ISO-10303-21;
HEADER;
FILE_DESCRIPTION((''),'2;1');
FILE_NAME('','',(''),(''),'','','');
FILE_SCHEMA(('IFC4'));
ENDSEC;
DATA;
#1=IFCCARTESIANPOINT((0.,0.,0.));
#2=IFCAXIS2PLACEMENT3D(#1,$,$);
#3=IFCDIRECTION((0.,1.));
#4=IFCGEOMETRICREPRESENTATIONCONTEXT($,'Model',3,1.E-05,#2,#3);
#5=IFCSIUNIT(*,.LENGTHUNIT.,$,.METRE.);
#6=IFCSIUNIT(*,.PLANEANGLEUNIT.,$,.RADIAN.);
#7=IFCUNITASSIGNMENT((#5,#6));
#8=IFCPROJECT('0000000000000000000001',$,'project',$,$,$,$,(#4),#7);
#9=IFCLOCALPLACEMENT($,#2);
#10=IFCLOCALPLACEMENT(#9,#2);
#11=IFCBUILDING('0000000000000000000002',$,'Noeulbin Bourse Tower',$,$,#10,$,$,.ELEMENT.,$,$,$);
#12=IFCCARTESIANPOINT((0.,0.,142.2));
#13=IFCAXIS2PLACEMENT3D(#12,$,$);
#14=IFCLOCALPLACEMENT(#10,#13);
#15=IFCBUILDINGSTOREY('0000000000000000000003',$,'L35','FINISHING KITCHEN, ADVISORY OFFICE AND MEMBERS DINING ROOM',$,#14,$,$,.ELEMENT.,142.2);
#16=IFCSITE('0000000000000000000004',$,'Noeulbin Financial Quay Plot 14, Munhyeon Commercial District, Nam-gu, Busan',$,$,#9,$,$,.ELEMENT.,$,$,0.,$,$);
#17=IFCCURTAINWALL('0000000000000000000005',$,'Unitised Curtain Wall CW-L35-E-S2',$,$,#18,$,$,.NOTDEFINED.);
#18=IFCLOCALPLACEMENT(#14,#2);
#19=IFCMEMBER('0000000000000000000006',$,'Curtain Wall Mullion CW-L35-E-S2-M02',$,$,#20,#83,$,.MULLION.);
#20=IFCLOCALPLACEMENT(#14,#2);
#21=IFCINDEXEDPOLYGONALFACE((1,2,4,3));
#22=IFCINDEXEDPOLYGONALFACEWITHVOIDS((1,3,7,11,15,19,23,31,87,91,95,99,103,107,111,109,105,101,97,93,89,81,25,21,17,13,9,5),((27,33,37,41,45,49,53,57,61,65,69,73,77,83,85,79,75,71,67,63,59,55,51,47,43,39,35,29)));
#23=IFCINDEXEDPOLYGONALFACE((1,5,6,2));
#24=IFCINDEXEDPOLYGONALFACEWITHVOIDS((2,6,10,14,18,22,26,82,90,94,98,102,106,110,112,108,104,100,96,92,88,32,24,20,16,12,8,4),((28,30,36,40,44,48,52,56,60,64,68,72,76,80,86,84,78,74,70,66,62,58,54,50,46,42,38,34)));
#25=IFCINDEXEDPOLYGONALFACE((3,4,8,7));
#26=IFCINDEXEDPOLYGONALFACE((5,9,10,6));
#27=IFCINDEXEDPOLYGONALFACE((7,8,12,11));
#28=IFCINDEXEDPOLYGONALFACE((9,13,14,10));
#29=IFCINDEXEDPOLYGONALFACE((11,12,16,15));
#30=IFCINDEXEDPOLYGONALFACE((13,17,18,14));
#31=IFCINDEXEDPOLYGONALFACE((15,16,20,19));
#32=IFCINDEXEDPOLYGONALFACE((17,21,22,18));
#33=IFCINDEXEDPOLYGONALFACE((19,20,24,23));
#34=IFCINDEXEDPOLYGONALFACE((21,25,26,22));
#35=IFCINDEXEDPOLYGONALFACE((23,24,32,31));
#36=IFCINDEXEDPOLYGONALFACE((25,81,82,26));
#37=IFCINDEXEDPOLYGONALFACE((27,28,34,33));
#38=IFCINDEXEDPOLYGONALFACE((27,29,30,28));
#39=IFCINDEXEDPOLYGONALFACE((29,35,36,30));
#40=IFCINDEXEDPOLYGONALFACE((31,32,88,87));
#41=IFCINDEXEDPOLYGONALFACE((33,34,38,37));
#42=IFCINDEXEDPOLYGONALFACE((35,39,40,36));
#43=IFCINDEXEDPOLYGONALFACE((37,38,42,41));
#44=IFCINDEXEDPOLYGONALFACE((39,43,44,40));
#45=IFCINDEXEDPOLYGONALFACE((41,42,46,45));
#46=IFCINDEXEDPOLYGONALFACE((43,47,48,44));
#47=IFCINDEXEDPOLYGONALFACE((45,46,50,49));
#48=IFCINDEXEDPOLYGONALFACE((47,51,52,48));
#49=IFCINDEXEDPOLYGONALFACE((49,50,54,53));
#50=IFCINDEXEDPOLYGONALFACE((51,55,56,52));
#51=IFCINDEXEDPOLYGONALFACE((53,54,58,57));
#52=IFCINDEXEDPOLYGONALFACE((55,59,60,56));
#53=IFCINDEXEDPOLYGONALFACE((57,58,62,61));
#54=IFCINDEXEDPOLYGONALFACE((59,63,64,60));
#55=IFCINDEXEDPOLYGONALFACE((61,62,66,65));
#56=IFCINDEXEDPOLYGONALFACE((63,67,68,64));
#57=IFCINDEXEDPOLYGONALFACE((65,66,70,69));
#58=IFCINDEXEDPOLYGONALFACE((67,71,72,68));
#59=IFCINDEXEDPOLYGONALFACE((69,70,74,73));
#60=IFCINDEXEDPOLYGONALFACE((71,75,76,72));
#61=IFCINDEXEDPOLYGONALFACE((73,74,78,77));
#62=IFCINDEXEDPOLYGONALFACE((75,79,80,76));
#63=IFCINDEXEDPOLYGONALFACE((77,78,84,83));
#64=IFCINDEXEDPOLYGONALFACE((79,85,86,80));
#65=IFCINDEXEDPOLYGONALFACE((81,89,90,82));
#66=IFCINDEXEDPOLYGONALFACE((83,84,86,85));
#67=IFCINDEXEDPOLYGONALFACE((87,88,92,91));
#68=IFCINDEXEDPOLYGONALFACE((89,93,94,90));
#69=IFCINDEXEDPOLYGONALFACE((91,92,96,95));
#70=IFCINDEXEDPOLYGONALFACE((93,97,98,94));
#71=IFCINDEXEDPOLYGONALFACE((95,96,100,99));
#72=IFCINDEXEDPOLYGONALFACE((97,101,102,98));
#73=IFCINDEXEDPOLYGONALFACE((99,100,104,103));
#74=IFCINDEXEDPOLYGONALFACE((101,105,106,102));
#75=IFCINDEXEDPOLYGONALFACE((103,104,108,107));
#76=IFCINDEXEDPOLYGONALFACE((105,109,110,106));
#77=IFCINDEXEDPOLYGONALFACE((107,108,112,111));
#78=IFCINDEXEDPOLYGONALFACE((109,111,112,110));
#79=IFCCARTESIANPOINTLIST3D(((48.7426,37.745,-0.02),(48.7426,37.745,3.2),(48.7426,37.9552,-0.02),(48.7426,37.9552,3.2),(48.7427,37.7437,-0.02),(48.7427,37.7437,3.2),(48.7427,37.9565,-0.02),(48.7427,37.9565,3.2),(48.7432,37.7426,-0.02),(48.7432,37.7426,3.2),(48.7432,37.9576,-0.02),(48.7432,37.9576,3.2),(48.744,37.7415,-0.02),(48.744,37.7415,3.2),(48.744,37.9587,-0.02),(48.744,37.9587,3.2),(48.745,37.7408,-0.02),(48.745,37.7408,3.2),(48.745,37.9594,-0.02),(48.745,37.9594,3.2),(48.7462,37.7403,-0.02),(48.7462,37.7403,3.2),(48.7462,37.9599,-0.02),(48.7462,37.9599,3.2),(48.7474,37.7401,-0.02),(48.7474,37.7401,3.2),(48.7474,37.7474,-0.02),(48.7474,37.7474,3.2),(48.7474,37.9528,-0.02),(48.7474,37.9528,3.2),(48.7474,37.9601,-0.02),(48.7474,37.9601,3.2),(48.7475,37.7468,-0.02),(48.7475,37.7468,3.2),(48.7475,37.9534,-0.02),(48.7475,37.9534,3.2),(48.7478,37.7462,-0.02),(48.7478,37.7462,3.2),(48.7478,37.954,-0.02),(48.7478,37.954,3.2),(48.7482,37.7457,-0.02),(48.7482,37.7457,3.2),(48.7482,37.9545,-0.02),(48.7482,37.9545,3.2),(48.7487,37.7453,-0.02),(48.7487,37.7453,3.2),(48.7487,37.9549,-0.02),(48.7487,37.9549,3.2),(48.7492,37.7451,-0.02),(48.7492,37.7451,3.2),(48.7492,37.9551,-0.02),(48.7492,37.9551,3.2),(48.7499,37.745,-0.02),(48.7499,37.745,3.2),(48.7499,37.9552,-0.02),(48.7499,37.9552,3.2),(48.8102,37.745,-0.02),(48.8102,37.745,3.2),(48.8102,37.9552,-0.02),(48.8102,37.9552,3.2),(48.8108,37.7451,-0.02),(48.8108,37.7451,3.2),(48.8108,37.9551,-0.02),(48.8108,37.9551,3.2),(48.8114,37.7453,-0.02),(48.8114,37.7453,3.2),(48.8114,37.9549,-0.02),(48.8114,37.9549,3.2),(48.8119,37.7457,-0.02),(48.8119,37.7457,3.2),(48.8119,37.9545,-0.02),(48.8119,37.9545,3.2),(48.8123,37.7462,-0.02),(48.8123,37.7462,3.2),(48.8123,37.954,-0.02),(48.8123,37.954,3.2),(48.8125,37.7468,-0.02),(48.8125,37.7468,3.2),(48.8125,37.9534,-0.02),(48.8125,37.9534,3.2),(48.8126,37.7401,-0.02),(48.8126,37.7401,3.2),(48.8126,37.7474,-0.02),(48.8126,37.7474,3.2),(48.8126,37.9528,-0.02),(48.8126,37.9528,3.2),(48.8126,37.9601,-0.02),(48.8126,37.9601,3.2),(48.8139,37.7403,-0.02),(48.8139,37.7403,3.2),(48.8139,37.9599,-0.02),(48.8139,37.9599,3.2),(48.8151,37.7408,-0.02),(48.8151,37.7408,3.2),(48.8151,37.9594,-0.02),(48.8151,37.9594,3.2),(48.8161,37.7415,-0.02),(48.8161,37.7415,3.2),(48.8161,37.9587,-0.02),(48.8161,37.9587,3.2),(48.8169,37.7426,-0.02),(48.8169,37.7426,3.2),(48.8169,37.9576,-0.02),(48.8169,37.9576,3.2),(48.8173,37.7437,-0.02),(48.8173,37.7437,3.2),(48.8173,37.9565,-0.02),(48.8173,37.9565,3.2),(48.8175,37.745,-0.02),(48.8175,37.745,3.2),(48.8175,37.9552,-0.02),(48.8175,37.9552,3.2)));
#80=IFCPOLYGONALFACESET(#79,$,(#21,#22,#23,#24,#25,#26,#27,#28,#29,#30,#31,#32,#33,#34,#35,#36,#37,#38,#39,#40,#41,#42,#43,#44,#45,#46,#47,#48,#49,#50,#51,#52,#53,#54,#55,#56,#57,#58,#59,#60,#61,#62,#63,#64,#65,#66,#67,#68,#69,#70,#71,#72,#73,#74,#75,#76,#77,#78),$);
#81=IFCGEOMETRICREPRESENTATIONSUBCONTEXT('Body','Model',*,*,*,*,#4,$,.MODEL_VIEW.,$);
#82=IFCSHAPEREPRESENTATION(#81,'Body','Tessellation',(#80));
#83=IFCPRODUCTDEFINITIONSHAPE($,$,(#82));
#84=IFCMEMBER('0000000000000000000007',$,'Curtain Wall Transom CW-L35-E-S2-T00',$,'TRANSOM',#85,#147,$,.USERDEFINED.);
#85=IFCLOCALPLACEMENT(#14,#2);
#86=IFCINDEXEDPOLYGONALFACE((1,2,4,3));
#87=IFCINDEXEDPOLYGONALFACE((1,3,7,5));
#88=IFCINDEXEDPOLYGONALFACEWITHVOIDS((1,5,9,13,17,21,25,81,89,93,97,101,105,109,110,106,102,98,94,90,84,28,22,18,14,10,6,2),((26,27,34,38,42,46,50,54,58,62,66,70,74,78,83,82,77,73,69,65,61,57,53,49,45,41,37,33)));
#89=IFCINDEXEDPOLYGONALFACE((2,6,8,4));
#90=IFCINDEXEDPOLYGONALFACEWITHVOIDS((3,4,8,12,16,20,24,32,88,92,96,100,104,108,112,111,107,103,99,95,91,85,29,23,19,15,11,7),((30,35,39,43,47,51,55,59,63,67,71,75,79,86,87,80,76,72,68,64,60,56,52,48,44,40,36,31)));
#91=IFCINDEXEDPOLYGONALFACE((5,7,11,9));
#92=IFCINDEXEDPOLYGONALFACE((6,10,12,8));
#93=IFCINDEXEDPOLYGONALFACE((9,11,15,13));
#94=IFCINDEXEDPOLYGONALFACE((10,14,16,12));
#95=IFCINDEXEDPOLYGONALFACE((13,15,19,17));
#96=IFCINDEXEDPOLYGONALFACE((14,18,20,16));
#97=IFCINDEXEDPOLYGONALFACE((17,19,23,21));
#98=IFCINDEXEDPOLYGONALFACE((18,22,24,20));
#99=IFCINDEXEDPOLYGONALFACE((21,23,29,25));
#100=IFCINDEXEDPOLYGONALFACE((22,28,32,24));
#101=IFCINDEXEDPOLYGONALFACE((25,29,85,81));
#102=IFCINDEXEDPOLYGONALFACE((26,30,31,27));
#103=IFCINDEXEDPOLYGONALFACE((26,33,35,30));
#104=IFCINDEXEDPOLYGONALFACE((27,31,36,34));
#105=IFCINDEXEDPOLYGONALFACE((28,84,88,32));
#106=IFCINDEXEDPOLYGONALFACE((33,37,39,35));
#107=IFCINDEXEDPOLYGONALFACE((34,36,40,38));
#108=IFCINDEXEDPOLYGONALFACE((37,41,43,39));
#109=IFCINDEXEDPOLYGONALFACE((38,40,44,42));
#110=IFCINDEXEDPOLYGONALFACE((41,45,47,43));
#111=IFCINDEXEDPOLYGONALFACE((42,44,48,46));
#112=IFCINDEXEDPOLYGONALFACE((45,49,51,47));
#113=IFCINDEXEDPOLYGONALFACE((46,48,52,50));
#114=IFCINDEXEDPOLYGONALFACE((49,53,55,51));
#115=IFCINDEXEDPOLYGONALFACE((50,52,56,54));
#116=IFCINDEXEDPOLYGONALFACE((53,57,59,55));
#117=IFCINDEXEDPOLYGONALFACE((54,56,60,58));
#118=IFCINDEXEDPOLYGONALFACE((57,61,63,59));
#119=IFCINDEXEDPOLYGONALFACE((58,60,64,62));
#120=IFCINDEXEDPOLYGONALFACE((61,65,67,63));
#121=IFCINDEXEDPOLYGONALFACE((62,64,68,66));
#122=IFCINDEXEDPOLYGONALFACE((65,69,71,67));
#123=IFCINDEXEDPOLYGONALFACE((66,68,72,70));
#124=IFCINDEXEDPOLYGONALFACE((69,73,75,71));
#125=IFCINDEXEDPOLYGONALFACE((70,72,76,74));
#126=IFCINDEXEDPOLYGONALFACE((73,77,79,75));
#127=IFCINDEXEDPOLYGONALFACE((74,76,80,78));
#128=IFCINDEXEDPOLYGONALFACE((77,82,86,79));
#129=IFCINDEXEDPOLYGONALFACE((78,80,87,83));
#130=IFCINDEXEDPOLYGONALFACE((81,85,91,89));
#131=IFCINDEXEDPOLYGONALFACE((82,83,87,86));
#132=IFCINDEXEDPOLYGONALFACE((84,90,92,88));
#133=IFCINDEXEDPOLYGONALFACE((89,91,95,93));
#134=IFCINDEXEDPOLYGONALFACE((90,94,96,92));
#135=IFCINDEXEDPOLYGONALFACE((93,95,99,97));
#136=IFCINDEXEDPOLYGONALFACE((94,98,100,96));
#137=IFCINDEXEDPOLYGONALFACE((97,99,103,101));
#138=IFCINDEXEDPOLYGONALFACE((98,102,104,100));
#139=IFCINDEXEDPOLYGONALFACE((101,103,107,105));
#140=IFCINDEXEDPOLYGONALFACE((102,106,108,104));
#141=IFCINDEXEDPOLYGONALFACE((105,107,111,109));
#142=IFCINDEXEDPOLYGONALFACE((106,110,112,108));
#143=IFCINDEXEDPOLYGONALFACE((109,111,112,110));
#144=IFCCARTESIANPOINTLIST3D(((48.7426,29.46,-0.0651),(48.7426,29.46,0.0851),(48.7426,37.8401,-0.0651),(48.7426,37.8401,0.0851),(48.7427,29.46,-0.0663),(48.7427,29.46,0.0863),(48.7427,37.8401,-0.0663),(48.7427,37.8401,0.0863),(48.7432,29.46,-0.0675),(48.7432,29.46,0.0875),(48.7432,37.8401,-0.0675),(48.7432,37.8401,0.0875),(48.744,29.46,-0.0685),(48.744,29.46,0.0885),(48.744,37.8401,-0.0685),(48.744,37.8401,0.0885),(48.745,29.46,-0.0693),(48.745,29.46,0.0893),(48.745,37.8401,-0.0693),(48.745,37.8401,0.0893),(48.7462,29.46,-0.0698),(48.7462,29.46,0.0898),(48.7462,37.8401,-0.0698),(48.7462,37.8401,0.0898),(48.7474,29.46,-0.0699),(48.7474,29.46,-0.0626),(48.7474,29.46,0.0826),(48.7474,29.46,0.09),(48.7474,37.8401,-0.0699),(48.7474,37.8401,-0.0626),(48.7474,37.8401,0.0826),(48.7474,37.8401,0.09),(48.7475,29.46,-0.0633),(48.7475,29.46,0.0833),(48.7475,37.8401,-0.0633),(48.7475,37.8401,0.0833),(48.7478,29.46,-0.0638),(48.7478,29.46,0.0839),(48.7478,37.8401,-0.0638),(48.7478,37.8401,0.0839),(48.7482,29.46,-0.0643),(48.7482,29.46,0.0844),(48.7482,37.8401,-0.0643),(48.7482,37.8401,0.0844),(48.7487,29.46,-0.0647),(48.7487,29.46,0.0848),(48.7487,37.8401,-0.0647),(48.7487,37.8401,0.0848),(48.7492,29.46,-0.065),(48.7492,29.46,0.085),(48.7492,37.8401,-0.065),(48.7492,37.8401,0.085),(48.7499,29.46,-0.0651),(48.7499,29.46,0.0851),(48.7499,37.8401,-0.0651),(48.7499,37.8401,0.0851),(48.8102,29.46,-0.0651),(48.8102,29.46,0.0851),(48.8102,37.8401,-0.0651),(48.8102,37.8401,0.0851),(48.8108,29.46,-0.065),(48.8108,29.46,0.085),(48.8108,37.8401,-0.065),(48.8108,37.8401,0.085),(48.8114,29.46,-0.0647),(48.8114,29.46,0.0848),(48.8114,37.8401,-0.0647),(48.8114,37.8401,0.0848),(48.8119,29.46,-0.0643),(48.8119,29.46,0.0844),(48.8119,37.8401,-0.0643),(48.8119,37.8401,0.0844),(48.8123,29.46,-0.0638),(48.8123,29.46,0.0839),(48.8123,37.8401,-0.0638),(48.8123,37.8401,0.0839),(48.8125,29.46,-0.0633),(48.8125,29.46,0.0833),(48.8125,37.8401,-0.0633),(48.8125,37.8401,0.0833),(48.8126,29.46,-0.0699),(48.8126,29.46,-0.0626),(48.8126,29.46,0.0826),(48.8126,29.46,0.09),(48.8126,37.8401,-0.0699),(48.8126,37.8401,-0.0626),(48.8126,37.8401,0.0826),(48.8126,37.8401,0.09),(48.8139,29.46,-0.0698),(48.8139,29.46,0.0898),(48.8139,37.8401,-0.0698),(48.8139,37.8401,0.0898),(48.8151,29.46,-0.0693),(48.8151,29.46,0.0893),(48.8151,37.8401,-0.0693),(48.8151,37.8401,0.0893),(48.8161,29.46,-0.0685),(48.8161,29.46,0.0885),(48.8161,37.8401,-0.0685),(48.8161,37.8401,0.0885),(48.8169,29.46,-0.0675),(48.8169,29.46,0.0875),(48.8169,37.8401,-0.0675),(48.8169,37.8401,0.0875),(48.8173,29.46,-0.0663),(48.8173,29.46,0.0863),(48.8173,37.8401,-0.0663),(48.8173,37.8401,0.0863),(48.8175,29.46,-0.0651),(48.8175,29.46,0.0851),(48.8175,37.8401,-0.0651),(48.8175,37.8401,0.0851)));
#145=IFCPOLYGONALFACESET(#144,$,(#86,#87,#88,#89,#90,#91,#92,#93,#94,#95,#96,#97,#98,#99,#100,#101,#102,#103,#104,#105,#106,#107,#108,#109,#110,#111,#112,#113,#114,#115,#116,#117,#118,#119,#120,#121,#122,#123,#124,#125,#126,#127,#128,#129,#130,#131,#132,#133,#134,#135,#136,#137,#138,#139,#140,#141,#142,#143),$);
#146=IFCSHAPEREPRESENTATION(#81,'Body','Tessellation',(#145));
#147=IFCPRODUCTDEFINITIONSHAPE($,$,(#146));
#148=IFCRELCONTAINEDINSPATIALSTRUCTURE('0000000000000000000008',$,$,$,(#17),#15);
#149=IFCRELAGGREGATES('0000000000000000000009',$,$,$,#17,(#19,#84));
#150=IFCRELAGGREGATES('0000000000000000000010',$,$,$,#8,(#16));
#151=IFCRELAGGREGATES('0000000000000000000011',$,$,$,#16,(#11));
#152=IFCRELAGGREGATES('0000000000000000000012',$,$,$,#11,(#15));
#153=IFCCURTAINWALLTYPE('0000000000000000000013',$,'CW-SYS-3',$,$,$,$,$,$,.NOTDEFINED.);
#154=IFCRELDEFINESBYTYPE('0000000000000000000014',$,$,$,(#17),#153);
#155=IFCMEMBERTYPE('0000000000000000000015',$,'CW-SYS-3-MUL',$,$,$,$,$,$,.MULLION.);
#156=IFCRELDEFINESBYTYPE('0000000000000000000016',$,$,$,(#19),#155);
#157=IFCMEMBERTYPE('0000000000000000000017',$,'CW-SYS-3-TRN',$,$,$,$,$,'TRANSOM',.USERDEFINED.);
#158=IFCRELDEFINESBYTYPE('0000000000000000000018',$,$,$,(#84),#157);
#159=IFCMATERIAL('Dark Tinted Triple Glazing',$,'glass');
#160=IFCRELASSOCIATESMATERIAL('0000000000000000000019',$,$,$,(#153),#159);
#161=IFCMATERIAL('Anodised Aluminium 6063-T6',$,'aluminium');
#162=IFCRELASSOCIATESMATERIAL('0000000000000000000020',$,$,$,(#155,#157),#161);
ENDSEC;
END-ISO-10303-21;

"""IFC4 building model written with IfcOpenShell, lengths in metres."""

from ifc_helpers import new_model, si_unit, direction, frame, origin, origin_2d, place, context, subcontext, project, spatial, hollow_rectangle, extrude, material, material_profile, profile_set, type_object, element, aggregate, save


model = new_model("IFC4")

# Units and contexts
model_context = context("Model", 3, precision=1e-05, world=origin(), true_north=direction((0.0, 1.0)))
body_context = subcontext(model_context, "Body", "Model", "MODEL_VIEW")
ifc_project = project(units=[si_unit("LENGTHUNIT", "METRE"), si_unit("PLANEANGLEUNIT", "RADIAN")], contexts=[model_context])

# Site, building, storey
site_placement = place(None, origin())
site = spatial("IfcSite", under=ifc_project, at=site_placement, Name="Noeulbin Financial Quay Plot 14, Munhyeon Commercial District, Nam-gu, Busan", CompositionType="ELEMENT", RefElevation=0.0)
building_placement = place(site_placement, origin())
building = spatial("IfcBuilding", under=site, at=building_placement, Name="Noeulbin Bourse Tower", CompositionType="ELEMENT")
storey_placement = place(building_placement, frame((0.0, 0.0, 142.2)))
storey = spatial("IfcBuildingStorey", under=building, at=storey_placement, Name="L35", Description="FINISHING KITCHEN, ADVISORY OFFICE AND MEMBERS DINING ROOM", CompositionType="ELEMENT", Elevation=142.2)

# Curtain wall, members
ifc_material_1 = material(Name="Dark Tinted Triple Glazing", Category="glass")
curtain_wall_type = type_object("IfcCurtainWallType", Name="CW-SYS-3", PredefinedType="NOTDEFINED", material=ifc_material_1)
curtain_wall_placement = place(storey_placement, origin())
curtain_wall = element("IfcCurtainWall", 1, at=curtain_wall_placement, inside=storey, type_object=curtain_wall_type, Name="Unitised Curtain Wall CW-L35-E-S2", PredefinedType="NOTDEFINED")
ifc_material_2 = material(Name="Anodised Aluminium 6063-T6", Category="aluminium")
ifc_material_profile_1 = material_profile(ifc_material_2, hollow_rectangle(XDim=0.075, YDim=0.22, WallThickness=0.0049, InnerFilletRadius=0.0024, OuterFilletRadius=0.0049, at=origin_2d()), Name="ALU-MULL-75x220x5", Category="LoadBearing")
ifc_profile_set_1 = profile_set([ifc_material_profile_1], Name="Anodised Aluminium 6063-T6")
member_type_1 = type_object("IfcMemberType", Name="CW-SYS-3-MUL", PredefinedType="MULLION", material=ifc_profile_set_1)
member_1_placement = place(storey_placement, frame((48.78, 37.8501, -0.02), z_axis=(0.0, 0.0, 1.0), x_axis=(1.0, 0.0, 0.0)))
member_1 = element("IfcMember", 2, at=member_1_placement, type_object=member_type_1, Name="Curtain Wall Mullion CW-L35-E-S2-M02", PredefinedType="MULLION", context=body_context, shape_type="SweptSolid", body=[
    extrude(hollow_rectangle(XDim=0.075, YDim=0.22, WallThickness=0.0049, InnerFilletRadius=0.0024, OuterFilletRadius=0.0049, at=origin_2d()), origin(), (0.0, 0.0, 1.0), 3.22),
])
ifc_material_profile_2 = material_profile(ifc_material_2, hollow_rectangle(XDim=0.075, YDim=0.1599, WallThickness=0.0049, InnerFilletRadius=0.0024, OuterFilletRadius=0.0049, at=origin_2d()), Name="ALU-TRAN-75x160x5", Category="LoadBearing")
ifc_profile_set_2 = profile_set([ifc_material_profile_2], Name="Anodised Aluminium 6063-T6")
member_type_2 = type_object("IfcMemberType", Name="CW-SYS-3-TRN", ElementType="TRANSOM", PredefinedType="USERDEFINED", material=ifc_profile_set_2)
member_2_placement = place(storey_placement, frame((48.78, 29.46, 0.01), z_axis=(0.0, 1.0, 0.0), x_axis=(-1.0, 0.0, 0.0)))
member_2 = element("IfcMember", 3, at=member_2_placement, type_object=member_type_2, Name="Curtain Wall Transom CW-L35-E-S2-T00", ObjectType="TRANSOM", PredefinedType="USERDEFINED", context=body_context, shape_type="SweptSolid", body=[
    extrude(hollow_rectangle(XDim=0.075, YDim=0.1599, WallThickness=0.0049, InnerFilletRadius=0.0024, OuterFilletRadius=0.0049, at=origin_2d()), origin(), (0.0, 0.0, 1.0), 8.3801),
])

aggregate(curtain_wall, [member_1, member_2])

save(model, "model.ifc")
